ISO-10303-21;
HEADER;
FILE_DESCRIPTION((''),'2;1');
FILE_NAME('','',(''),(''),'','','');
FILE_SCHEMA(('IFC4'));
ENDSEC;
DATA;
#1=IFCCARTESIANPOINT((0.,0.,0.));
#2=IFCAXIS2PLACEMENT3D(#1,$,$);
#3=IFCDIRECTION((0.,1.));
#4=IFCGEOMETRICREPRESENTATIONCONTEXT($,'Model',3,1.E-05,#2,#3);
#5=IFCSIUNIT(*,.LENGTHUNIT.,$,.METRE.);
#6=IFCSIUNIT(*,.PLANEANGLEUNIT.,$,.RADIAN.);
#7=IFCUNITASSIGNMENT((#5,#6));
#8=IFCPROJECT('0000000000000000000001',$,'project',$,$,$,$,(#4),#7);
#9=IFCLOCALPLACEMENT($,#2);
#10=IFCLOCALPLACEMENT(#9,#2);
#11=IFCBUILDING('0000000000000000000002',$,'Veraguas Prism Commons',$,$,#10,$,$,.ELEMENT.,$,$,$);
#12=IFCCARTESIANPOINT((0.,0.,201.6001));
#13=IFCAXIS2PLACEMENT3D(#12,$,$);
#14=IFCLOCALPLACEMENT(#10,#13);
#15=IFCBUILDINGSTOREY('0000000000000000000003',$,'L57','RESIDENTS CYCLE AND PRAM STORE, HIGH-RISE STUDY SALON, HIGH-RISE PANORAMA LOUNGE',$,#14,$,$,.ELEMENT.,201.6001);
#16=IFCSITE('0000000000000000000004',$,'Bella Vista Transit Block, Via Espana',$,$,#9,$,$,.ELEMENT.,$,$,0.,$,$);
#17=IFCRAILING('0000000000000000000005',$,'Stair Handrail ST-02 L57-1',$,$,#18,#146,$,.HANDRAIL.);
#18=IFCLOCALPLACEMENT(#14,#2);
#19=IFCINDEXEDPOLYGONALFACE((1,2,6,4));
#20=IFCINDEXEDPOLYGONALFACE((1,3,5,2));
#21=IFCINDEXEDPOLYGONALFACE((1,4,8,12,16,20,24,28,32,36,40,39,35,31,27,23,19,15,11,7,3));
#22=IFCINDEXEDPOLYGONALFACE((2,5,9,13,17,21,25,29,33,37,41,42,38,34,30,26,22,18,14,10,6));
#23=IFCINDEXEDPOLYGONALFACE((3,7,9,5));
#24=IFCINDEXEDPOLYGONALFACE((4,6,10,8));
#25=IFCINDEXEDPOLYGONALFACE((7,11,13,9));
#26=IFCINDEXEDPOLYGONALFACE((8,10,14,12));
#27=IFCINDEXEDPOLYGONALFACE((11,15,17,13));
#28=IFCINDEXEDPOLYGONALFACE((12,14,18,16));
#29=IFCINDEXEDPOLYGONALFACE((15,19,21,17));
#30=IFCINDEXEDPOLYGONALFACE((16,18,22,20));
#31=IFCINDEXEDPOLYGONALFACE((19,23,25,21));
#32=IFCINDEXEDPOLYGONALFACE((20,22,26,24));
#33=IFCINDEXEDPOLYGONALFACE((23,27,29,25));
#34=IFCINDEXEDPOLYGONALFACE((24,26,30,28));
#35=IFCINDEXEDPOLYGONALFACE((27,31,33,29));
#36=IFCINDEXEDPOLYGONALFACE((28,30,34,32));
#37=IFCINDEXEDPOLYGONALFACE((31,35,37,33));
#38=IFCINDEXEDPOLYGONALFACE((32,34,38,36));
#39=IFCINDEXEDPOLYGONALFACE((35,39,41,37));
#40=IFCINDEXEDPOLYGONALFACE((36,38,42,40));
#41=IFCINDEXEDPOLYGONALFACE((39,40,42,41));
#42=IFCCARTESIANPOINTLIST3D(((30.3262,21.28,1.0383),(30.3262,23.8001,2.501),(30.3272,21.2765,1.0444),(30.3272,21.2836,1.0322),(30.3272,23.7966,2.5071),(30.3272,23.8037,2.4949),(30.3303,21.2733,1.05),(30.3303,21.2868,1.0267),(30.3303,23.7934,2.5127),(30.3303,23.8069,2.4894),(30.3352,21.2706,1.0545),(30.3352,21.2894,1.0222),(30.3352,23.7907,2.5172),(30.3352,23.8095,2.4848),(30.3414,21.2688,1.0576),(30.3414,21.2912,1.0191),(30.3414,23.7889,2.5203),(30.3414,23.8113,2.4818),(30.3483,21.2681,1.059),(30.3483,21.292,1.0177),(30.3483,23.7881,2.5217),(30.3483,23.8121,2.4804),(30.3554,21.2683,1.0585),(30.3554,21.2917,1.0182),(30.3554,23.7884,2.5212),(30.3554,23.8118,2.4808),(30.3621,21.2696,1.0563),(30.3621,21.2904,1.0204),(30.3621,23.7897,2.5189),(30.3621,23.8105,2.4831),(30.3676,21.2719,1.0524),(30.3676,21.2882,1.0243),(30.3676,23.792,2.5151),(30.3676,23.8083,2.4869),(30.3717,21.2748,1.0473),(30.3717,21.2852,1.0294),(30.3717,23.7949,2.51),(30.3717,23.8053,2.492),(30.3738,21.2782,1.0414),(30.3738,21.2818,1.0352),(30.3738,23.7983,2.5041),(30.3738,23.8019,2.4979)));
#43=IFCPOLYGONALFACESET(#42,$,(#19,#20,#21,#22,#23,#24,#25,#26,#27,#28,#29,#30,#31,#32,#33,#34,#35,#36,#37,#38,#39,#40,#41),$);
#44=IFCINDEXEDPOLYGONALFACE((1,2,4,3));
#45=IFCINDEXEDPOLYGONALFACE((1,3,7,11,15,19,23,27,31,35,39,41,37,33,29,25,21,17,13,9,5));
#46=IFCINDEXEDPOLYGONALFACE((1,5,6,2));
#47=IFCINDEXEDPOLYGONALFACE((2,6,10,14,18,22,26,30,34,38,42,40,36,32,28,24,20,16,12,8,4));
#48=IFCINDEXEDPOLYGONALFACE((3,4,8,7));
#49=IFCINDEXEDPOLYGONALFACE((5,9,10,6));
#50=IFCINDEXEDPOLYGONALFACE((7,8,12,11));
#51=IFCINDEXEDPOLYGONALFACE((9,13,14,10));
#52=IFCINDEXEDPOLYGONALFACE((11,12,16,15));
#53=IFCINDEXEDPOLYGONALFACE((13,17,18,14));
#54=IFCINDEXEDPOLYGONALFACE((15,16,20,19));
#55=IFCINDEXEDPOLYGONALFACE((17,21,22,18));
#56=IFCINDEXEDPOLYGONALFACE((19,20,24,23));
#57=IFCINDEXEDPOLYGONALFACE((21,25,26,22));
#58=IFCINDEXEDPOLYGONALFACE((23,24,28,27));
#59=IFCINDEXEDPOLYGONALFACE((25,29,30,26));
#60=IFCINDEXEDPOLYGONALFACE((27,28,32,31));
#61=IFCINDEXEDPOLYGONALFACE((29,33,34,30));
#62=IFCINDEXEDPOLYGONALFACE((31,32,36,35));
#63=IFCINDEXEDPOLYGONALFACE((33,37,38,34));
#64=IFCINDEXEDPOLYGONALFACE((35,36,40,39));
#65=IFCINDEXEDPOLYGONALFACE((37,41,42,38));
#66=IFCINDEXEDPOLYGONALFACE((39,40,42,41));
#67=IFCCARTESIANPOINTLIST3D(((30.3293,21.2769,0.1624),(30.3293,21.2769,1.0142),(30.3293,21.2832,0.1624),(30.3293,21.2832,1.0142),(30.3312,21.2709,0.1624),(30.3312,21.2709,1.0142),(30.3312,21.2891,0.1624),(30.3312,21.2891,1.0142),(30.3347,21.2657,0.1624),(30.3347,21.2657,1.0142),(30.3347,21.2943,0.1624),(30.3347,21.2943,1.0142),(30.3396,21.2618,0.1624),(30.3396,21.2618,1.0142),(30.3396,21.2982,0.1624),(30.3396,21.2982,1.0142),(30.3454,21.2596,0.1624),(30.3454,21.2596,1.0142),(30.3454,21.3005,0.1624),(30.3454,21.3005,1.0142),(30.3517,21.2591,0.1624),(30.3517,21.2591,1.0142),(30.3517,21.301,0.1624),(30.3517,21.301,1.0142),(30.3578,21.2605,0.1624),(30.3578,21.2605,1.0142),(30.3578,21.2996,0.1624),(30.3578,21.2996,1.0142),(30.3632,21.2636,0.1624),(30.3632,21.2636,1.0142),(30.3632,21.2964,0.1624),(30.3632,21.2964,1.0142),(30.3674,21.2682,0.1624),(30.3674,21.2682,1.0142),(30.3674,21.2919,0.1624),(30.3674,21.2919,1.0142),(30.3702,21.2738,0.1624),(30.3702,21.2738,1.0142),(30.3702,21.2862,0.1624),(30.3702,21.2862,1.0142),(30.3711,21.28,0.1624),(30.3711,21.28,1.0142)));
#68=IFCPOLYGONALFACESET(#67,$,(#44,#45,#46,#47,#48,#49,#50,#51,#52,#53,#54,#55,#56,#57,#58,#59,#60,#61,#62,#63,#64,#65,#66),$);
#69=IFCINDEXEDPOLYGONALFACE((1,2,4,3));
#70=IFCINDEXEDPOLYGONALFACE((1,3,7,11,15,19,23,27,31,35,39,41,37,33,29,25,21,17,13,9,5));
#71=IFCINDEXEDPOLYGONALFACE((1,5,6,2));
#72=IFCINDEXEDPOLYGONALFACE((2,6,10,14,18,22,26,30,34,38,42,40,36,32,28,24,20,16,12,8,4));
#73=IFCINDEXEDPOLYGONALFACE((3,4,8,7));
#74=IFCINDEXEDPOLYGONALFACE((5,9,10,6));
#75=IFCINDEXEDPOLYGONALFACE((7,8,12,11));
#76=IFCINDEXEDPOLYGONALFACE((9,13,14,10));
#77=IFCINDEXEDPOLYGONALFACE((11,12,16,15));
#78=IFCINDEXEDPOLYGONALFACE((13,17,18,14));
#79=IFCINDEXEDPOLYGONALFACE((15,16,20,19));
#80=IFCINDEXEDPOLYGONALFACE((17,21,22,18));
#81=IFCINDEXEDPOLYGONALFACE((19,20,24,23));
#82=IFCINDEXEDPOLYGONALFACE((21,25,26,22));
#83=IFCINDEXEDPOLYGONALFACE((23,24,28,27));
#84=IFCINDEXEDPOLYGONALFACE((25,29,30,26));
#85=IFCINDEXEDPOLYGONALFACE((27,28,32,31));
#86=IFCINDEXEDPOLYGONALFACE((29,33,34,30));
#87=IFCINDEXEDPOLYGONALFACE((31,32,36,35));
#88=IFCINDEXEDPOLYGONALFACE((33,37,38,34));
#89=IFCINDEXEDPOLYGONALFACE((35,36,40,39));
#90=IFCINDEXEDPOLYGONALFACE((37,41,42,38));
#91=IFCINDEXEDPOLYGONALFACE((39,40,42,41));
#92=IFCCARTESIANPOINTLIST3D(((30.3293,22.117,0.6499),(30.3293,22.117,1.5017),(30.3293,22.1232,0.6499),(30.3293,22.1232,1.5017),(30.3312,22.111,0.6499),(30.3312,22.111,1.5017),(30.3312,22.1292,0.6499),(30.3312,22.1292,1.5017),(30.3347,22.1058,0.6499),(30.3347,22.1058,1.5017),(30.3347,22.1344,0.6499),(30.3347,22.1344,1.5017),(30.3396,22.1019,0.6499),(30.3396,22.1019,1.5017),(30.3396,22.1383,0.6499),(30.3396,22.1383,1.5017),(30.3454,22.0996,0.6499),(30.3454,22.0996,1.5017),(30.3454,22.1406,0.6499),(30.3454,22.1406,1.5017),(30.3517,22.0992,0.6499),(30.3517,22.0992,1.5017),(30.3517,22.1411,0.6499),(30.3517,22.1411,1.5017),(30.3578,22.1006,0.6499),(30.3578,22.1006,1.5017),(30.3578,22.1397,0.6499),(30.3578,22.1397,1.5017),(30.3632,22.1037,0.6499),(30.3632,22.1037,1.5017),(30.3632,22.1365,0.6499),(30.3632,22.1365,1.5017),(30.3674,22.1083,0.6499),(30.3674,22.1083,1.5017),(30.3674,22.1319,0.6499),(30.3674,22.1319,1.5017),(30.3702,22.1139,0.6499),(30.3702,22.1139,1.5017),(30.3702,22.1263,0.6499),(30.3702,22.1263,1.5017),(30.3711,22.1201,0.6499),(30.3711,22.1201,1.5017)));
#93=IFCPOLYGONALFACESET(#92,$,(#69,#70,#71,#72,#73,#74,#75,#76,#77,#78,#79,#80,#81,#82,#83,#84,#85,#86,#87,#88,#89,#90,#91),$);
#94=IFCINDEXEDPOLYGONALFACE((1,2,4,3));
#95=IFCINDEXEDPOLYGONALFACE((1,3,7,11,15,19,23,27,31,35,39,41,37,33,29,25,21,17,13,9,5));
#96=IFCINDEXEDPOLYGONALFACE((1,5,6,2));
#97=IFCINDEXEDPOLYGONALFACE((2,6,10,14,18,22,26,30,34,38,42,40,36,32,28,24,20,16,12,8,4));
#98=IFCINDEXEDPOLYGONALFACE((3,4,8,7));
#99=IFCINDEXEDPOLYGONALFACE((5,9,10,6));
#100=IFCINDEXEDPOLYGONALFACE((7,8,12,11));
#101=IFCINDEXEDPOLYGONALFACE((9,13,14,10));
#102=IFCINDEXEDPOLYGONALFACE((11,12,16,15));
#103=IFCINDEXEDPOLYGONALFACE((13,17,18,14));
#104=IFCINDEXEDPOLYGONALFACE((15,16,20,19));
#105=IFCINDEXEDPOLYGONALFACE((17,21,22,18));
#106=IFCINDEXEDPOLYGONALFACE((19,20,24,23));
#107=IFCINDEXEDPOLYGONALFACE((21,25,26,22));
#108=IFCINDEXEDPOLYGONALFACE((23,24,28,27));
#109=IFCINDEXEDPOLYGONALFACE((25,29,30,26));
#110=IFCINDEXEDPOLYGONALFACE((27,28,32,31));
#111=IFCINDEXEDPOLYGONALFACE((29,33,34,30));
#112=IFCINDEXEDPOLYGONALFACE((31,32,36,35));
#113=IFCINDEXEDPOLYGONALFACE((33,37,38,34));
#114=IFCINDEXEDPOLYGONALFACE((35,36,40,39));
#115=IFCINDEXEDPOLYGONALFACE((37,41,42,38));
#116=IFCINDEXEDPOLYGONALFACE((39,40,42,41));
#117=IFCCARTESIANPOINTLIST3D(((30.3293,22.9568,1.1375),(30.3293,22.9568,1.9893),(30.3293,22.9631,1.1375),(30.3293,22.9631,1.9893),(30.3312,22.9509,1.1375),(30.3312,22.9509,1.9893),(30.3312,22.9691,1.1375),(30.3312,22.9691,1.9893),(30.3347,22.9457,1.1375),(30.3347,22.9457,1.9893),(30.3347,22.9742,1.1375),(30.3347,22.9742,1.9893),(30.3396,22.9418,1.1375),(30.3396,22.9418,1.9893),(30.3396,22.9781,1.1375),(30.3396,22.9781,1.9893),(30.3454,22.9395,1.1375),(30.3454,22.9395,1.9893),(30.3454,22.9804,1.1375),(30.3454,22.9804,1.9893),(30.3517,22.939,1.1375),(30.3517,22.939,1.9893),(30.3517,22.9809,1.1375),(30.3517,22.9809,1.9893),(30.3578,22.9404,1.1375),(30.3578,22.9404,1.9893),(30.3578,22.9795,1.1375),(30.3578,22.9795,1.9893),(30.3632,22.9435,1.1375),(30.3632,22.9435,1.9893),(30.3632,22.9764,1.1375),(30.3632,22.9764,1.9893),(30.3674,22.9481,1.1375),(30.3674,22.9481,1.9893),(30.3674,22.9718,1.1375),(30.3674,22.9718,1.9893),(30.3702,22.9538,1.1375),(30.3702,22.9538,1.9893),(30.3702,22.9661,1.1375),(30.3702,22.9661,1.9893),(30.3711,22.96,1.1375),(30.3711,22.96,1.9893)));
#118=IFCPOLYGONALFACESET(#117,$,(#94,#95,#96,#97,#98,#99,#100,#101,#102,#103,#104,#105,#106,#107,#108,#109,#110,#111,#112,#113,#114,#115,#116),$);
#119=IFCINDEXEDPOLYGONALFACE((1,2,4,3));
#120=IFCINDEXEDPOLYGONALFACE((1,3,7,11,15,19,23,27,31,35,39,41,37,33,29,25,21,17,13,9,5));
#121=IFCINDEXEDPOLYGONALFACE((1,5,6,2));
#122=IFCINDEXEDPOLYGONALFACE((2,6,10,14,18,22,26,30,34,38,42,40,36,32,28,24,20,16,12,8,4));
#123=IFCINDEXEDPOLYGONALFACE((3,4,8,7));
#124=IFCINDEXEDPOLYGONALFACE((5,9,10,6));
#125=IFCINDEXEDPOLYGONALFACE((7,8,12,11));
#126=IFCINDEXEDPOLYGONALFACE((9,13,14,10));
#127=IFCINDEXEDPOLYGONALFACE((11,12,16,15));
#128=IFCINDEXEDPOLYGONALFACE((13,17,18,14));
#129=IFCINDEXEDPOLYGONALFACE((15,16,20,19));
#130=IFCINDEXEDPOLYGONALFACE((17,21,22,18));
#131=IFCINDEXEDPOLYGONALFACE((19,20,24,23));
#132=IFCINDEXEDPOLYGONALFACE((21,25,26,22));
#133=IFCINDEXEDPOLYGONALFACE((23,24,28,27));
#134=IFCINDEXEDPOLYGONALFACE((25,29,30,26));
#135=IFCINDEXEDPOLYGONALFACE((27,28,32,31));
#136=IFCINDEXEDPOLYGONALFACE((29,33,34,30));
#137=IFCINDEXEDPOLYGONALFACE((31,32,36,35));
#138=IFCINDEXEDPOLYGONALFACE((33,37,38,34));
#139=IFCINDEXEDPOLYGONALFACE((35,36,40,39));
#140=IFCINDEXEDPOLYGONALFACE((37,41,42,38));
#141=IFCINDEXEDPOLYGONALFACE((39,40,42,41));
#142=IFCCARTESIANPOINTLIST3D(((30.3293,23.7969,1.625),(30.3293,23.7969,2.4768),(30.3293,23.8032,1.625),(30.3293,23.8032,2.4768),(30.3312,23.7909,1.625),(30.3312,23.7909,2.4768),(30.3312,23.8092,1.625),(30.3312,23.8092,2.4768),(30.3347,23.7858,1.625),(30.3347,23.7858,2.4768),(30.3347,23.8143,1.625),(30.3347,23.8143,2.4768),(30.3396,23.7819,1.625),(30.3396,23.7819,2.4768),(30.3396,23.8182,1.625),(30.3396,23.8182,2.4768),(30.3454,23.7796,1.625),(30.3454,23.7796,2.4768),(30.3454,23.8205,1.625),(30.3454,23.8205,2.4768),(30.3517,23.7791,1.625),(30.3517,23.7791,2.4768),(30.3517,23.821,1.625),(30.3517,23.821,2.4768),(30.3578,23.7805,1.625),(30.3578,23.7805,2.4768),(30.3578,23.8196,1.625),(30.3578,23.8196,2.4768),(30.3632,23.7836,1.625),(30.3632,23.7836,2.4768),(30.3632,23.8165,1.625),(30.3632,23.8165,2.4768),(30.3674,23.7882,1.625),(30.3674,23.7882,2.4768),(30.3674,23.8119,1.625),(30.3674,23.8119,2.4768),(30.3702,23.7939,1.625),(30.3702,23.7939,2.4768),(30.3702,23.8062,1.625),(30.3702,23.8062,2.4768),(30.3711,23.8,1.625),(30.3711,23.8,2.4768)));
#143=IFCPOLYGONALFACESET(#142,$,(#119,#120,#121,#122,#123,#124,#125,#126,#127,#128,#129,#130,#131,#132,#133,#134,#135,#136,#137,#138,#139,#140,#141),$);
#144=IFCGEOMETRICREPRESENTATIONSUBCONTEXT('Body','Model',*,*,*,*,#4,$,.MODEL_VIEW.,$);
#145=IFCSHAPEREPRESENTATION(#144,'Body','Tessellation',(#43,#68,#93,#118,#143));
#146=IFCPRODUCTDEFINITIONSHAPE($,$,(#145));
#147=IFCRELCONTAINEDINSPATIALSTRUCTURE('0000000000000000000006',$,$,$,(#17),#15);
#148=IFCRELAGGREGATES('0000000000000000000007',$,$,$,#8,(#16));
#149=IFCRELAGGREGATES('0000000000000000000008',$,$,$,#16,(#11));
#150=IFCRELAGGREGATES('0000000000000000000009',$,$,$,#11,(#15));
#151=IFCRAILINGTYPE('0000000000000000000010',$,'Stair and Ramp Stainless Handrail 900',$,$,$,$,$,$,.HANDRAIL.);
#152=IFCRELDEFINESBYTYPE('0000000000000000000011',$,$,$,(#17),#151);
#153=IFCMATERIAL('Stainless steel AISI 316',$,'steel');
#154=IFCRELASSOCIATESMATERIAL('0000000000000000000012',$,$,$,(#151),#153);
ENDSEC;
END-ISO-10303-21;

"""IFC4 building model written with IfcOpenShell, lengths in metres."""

from ifc_helpers import new_model, si_unit, direction, frame, origin, origin_2d, place, context, subcontext, project, spatial, circle, extrude, material, type_object, element, save


model = new_model("IFC4")

# Units and contexts
model_context = context("Model", 3, precision=1e-05, world=origin(), true_north=direction((0.0, 1.0)))
body_context = subcontext(model_context, "Body", "Model", "MODEL_VIEW")
ifc_project = project(units=[si_unit("LENGTHUNIT", "METRE"), si_unit("PLANEANGLEUNIT", "RADIAN")], contexts=[model_context])

# Site, building, storey
site_placement = place(None, origin())
site = spatial("IfcSite", under=ifc_project, at=site_placement, Name="Bella Vista Transit Block, Via Espana", CompositionType="ELEMENT", RefElevation=0.0)
building_placement = place(site_placement, origin())
building = spatial("IfcBuilding", under=site, at=building_placement, Name="Veraguas Prism Commons", CompositionType="ELEMENT")
storey_placement = place(building_placement, frame((0.0, 0.0, 201.6001)))
storey = spatial("IfcBuildingStorey", under=building, at=storey_placement, Name="L57", Description="RESIDENTS CYCLE AND PRAM STORE, HIGH-RISE STUDY SALON, HIGH-RISE PANORAMA LOUNGE", CompositionType="ELEMENT", Elevation=201.6001)

# Railing
ifc_material_1 = material(Name="Stainless steel AISI 316", Category="steel")
railing_type_1 = type_object("IfcRailingType", Name="Stair and Ramp Stainless Handrail 900", PredefinedType="HANDRAIL", material=ifc_material_1)
railing_1_placement = place(storey_placement, frame((30.3501, 21.28, 0.1624)))
element("IfcRailing", 1, at=railing_1_placement, inside=storey, type_object=railing_type_1, Name="Stair Handrail ST-02 L57-1", PredefinedType="HANDRAIL", context=body_context, shape_type="SweptSolid", body=[
    extrude(circle(Radius=0.0239, at=origin_2d()), frame((0.0, 0.0, 0.876), z_axis=(0.0, 0.864877, 0.501984), x_axis=(-1.0, 0.0, 0.0)), (0.0, 0.0, 1.0), 2.9138),
    extrude(circle(Radius=0.021, at=origin_2d()), origin(), (0.0, 0.0, 1.0), 0.8518),
    extrude(circle(Radius=0.021, at=origin_2d()), frame((0.0, 0.8401, 0.4875)), (0.0, 0.0, 1.0), 0.8518),
    extrude(circle(Radius=0.021, at=origin_2d()), frame((0.0, 1.6799, 0.9751)), (0.0, 0.0, 1.0), 0.8518),
    extrude(circle(Radius=0.021, at=origin_2d()), frame((0.0, 2.52, 1.4626)), (0.0, 0.0, 1.0), 0.8518),
])

save(model, "model.ifc")
